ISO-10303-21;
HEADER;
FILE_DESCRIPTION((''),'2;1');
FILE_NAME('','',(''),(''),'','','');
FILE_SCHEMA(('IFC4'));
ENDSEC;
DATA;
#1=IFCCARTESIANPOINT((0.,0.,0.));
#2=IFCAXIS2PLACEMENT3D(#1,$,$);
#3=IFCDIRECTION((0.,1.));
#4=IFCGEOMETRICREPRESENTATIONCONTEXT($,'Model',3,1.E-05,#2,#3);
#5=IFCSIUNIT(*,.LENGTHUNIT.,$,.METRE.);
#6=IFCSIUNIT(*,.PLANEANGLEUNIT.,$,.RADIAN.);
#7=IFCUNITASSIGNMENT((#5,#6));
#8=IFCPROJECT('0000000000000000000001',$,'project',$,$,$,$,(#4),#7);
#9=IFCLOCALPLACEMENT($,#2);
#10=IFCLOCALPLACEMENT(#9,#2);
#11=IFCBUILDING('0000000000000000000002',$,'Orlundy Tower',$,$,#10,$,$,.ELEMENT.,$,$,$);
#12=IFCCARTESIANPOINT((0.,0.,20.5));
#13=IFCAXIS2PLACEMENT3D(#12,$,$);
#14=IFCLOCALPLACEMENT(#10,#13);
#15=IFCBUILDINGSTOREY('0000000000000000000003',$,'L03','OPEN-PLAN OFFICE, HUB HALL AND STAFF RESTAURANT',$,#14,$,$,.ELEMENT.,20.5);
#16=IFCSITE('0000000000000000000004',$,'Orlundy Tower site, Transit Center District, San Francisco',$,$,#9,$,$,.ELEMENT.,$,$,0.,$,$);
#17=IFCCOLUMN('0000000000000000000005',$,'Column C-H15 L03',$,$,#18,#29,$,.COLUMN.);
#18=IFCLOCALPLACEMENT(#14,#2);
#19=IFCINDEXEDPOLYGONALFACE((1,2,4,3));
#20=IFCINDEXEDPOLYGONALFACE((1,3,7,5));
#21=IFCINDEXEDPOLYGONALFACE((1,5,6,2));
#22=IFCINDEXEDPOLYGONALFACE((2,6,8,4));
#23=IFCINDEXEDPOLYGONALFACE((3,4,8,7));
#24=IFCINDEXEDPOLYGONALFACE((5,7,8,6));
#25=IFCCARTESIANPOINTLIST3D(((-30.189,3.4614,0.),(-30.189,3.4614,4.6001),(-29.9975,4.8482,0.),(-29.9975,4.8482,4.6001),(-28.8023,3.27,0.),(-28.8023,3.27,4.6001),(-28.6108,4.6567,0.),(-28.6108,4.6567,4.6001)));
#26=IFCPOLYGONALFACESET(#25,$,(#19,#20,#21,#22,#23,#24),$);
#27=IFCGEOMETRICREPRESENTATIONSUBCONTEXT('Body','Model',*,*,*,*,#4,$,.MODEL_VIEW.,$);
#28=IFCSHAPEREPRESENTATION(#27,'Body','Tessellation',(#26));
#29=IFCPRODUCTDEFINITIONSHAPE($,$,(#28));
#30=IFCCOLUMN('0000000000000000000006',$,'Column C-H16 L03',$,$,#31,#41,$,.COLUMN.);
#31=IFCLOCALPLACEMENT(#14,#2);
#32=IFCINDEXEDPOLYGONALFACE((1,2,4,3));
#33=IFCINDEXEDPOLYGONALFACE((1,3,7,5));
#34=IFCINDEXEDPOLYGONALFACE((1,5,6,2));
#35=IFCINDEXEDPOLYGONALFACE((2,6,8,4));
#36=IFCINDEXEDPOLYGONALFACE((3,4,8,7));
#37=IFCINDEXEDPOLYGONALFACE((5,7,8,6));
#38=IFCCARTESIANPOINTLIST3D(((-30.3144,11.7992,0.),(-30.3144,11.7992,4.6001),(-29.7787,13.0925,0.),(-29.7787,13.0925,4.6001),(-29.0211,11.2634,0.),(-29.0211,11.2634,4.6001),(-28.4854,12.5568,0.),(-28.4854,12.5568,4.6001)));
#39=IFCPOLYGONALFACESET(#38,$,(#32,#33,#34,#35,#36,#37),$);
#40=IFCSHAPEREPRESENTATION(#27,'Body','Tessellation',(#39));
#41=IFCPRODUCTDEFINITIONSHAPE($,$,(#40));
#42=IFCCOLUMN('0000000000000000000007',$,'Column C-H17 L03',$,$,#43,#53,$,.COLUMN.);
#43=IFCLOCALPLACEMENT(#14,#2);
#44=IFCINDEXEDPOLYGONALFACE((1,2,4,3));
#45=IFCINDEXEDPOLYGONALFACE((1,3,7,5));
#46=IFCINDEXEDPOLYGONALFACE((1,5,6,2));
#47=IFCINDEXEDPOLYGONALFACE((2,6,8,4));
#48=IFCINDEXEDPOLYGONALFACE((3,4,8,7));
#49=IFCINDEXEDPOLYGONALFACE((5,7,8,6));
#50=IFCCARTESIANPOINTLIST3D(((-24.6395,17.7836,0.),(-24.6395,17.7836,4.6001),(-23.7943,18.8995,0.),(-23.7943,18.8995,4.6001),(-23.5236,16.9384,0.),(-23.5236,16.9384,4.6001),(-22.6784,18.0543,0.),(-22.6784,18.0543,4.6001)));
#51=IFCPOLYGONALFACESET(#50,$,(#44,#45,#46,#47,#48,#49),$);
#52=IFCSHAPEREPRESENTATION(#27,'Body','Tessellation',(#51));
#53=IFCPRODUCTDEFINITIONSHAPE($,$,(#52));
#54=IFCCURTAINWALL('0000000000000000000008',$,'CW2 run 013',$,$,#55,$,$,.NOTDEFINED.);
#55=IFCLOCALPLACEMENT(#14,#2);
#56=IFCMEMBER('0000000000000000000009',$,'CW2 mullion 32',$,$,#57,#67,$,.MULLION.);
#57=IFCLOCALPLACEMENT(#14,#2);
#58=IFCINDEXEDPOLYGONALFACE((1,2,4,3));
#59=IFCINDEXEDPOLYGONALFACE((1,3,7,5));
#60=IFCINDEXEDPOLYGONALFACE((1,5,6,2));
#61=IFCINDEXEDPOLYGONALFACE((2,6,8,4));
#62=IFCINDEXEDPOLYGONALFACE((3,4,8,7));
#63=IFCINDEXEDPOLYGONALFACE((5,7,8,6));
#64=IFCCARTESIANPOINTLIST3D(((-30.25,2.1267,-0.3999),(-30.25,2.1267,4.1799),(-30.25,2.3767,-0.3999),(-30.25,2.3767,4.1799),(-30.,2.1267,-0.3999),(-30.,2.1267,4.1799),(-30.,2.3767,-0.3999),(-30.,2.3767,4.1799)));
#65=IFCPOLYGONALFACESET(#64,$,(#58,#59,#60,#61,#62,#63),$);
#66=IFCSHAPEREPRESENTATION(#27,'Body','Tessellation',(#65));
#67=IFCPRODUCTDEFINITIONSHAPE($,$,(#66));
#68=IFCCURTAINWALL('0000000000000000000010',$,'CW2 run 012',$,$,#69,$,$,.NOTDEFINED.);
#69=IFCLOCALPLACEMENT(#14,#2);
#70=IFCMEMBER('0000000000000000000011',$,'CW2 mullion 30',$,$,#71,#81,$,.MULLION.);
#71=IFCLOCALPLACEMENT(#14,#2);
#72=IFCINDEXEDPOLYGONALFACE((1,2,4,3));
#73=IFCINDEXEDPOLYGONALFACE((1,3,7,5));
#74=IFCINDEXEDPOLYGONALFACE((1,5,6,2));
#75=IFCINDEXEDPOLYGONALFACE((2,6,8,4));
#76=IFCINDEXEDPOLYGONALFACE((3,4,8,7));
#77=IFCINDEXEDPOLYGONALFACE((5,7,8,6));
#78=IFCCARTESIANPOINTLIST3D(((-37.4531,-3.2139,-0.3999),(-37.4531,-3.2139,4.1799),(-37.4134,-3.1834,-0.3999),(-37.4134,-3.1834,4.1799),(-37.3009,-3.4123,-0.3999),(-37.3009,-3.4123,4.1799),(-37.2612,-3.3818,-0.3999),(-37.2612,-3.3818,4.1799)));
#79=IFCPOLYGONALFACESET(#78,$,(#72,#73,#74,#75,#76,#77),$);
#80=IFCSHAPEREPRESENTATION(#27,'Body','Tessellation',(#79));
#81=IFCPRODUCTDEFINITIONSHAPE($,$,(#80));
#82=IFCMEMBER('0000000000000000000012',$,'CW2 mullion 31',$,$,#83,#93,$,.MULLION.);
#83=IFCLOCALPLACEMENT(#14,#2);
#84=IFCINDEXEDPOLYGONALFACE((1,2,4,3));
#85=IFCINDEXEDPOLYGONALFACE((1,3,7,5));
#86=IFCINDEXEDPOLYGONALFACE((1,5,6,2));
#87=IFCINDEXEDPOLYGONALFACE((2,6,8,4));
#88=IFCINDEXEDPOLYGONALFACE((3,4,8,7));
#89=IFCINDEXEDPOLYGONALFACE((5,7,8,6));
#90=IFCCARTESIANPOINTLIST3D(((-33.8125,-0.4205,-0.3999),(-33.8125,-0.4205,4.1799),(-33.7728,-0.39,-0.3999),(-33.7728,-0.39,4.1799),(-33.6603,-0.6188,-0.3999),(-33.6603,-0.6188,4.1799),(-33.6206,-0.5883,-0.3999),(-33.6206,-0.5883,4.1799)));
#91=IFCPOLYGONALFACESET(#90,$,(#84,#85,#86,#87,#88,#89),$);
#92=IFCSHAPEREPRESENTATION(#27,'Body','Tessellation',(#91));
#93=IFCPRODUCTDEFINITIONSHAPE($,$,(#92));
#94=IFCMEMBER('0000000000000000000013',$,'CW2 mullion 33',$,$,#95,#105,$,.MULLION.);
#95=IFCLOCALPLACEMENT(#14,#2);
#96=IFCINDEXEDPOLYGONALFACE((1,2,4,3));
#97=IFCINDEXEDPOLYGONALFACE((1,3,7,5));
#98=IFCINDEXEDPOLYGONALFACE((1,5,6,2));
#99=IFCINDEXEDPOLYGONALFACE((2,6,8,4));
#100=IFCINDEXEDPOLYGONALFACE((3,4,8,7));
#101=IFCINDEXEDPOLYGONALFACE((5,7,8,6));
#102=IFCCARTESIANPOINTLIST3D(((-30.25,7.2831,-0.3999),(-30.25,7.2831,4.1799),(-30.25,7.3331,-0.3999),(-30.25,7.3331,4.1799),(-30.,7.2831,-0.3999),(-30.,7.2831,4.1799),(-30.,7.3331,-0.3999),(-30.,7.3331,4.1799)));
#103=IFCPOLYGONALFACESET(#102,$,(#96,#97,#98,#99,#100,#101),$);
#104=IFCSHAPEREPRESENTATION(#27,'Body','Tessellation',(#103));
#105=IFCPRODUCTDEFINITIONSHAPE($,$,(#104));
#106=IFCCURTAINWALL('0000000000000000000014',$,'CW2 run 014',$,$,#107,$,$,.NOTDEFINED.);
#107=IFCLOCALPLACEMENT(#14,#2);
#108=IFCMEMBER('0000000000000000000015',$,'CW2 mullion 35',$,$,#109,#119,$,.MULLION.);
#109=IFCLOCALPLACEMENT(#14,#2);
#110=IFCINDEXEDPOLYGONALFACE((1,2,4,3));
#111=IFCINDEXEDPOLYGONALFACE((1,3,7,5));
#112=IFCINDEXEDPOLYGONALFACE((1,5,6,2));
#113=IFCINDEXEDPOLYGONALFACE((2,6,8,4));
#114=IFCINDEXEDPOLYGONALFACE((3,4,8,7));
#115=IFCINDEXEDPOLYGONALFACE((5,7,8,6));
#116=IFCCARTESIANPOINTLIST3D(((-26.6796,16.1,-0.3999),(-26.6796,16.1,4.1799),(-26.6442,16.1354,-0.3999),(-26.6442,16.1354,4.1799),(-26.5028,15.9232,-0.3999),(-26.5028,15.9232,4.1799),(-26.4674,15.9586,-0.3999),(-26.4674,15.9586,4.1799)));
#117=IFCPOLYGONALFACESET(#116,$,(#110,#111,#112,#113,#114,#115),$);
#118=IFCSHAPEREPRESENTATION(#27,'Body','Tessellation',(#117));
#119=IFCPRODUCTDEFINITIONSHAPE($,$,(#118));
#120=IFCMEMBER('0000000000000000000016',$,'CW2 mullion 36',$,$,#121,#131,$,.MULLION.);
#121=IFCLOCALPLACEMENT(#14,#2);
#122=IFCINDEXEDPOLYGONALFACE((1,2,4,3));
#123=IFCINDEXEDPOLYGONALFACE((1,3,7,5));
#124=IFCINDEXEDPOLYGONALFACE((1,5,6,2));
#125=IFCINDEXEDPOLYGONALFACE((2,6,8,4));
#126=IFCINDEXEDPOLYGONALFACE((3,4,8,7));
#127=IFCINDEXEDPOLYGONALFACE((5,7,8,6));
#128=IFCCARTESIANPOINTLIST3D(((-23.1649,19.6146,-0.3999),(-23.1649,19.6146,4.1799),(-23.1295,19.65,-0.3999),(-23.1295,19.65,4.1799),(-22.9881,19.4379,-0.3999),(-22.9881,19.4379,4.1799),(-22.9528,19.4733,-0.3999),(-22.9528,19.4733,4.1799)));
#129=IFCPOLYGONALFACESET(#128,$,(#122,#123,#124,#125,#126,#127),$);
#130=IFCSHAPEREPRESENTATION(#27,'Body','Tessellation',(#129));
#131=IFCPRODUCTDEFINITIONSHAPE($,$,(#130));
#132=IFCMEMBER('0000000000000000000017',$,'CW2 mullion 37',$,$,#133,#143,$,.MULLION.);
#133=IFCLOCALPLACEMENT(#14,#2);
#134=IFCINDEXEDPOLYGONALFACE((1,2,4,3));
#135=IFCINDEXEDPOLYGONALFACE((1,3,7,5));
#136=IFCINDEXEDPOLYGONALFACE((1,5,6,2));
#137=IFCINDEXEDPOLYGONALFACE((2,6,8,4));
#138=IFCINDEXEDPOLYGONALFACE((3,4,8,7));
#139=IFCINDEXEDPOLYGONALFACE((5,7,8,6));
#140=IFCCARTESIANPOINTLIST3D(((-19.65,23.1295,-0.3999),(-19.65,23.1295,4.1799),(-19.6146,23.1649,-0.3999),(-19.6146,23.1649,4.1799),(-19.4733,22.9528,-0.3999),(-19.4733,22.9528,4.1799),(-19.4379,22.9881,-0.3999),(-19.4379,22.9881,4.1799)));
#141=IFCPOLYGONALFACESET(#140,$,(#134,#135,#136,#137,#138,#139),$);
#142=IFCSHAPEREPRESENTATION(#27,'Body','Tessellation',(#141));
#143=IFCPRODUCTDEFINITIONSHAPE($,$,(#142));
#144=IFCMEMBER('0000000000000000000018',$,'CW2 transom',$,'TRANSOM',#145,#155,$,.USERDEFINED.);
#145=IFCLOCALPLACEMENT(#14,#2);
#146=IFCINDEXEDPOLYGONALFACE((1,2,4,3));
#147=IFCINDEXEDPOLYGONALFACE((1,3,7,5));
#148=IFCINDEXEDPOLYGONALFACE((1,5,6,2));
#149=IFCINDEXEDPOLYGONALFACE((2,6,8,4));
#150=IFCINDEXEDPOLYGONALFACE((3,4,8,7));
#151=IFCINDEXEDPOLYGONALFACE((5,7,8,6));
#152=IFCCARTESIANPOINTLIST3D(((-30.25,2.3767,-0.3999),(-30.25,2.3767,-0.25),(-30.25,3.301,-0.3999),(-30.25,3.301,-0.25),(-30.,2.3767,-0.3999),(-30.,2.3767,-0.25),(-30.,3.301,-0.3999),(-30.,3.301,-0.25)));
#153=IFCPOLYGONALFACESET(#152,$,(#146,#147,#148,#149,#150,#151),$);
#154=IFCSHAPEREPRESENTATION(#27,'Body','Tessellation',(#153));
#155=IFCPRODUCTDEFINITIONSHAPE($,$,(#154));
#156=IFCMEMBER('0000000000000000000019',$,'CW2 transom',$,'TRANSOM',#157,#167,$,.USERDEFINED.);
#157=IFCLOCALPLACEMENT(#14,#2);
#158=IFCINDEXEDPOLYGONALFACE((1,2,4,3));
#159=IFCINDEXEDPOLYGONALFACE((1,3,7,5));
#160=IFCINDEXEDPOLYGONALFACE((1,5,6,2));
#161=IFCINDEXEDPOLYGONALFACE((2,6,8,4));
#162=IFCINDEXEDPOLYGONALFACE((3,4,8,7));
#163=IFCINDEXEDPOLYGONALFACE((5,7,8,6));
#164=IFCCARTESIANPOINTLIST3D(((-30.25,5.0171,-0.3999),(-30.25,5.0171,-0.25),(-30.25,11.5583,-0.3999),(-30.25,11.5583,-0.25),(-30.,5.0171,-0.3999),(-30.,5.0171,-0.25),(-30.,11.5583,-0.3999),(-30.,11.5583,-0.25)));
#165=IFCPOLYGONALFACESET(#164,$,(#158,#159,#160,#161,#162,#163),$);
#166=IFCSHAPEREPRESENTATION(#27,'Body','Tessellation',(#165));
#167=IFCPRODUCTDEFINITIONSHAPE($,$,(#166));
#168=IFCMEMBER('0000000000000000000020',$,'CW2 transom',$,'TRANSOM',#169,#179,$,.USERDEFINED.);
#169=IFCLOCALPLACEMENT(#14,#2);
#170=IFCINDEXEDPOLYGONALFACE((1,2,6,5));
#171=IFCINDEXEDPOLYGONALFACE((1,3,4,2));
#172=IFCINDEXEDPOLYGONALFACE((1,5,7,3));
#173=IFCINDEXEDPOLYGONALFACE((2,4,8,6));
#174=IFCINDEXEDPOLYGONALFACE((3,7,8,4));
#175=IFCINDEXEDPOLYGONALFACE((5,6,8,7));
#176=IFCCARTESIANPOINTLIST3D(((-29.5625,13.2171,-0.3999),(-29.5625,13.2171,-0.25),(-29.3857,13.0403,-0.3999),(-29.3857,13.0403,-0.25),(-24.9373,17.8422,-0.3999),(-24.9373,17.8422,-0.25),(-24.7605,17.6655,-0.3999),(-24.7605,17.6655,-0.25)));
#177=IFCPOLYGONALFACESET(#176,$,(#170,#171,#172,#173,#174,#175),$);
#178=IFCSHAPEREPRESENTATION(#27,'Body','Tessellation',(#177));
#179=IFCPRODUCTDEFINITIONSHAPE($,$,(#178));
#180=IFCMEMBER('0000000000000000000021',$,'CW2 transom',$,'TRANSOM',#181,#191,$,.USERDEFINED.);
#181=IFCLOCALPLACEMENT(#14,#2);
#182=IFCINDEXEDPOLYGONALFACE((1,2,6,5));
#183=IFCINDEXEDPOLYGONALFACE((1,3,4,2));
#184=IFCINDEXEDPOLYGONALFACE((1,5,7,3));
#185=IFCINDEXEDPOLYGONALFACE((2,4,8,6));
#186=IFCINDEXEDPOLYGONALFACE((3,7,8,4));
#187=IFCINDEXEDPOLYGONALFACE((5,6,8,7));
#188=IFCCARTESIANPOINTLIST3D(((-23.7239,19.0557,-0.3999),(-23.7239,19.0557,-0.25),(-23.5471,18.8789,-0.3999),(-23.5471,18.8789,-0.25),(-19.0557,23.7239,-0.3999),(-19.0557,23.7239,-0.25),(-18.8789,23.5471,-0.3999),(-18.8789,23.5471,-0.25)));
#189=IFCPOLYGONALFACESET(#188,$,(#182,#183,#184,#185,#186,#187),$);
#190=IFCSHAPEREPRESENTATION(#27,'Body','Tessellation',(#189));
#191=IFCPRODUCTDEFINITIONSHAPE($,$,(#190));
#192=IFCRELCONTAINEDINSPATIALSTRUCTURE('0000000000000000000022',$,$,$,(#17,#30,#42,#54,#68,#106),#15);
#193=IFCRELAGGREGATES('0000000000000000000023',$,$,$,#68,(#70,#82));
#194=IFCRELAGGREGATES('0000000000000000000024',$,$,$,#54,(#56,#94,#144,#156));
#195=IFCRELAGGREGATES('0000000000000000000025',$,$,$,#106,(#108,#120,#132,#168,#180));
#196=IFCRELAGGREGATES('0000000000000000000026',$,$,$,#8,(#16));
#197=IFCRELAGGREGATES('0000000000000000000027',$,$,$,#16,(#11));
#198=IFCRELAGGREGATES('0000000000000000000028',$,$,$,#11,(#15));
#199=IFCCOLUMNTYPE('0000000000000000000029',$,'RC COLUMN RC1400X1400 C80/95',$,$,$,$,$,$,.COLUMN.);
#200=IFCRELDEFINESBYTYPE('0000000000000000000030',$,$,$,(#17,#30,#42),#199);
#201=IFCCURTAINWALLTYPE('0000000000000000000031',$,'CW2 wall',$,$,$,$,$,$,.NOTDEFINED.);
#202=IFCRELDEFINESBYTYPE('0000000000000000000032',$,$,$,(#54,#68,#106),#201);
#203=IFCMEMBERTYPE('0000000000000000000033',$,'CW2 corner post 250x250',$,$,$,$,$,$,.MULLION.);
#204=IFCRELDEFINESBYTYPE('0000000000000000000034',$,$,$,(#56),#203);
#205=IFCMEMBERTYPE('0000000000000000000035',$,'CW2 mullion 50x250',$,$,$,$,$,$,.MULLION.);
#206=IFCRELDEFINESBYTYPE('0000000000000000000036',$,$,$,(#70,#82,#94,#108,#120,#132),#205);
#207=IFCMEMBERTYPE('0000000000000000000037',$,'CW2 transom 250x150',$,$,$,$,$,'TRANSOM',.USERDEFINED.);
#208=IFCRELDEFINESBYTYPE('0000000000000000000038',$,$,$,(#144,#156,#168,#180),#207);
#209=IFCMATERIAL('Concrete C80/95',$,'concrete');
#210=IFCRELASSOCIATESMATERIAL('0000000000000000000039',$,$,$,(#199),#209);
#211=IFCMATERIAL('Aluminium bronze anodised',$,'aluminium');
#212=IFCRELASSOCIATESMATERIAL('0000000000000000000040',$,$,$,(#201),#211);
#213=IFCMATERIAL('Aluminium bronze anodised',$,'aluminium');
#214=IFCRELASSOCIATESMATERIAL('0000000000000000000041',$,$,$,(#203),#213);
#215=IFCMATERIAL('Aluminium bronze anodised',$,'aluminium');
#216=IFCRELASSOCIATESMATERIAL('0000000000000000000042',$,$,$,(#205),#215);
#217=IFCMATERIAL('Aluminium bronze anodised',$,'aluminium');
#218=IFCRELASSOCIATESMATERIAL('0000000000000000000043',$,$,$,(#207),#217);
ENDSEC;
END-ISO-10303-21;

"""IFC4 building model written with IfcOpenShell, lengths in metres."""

from ifc_helpers import new_model, si_unit, direction, frame, origin, origin_2d, place, context, subcontext, project, spatial, rectangle, extrude, material, material_profile, profile_set, type_object, element, aggregate, save


model = new_model("IFC4")

# Units and contexts
model_context = context("Model", 3, precision=1e-05, world=origin(), true_north=direction((0.0, 1.0)))
body_context = subcontext(model_context, "Body", "Model", "MODEL_VIEW")
ifc_project = project(units=[si_unit("LENGTHUNIT", "METRE"), si_unit("PLANEANGLEUNIT", "RADIAN")], contexts=[model_context])

# Site, building, storey
site_placement = place(None, origin())
site = spatial("IfcSite", under=ifc_project, at=site_placement, Name="Orlundy Tower site, Transit Center District, San Francisco", CompositionType="ELEMENT", RefElevation=0.0)
building_placement = place(site_placement, origin())
building = spatial("IfcBuilding", under=site, at=building_placement, Name="Orlundy Tower", CompositionType="ELEMENT")
storey_placement = place(building_placement, frame((0.0, 0.0, 20.5)))
storey = spatial("IfcBuildingStorey", under=building, at=storey_placement, Name="L03", Description="OPEN-PLAN OFFICE, HUB HALL AND STAFF RESTAURANT", CompositionType="ELEMENT", Elevation=20.5)

# Columns
ifc_material_1 = material(Name="Concrete C80/95", Category="concrete")
ifc_material_profile_1 = material_profile(ifc_material_1, rectangle(XDim=1.3999, YDim=1.3999, at=origin_2d()), Name="RC1400X1400")
ifc_profile_set_1 = profile_set([ifc_material_profile_1], Name="Concrete C80/95")
column_type = type_object("IfcColumnType", Name="RC COLUMN RC1400X1400 C80/95", PredefinedType="COLUMN", material=ifc_profile_set_1)
for number, where, z_axis, x_axis, name in (
    (1, (-29.3999, 4.0591, 0.0), (0.0, 0.0, 1.0), (-0.990603, 0.13677, 0.0), "Column C-H15 L03"),
    (2, (-29.3999, 12.178, 0.0), (0.0, 0.0, 1.0), (-0.92388, 0.382683, 0.0), "Column C-H16 L03"),
    (3, (-23.6589, 17.9189, 0.0), (0.0, 0.0, 1.0), (-0.797163, 0.603765, 0.0), "Column C-H17 L03"),
):
    element("IfcColumn", number, at=place(storey_placement, frame(where, z_axis=z_axis, x_axis=x_axis)), inside=storey, type_object=column_type, Name=name, PredefinedType="COLUMN", context=body_context, shape_type="SweptSolid", body=[
        extrude(rectangle(XDim=1.3999, YDim=1.3999, at=origin_2d()), origin(), (0.0, 0.0, 1.0), 4.6001),
    ])

# Curtain wall, member
ifc_material_2 = material(Name="Aluminium bronze anodised", Category="aluminium")
curtain_wall_type = type_object("IfcCurtainWallType", Name="CW2 wall", PredefinedType="NOTDEFINED", material=ifc_material_2)
curtain_wall_1_placement = place(storey_placement, origin())
curtain_wall_1 = element("IfcCurtainWall", 4, at=curtain_wall_1_placement, inside=storey, type_object=curtain_wall_type, Name="CW2 run 013", PredefinedType="NOTDEFINED")
ifc_material_3 = material(Name="Aluminium bronze anodised", Category="aluminium")
ifc_material_profile_2 = material_profile(ifc_material_3, rectangle(XDim=0.25, YDim=0.25, at=origin_2d()), Name="CW2 corner post 250x250")
ifc_profile_set_2 = profile_set([ifc_material_profile_2], Name="Aluminium bronze anodised")
member_type_1 = type_object("IfcMemberType", Name="CW2 corner post 250x250", PredefinedType="MULLION", material=ifc_profile_set_2)
member_1_placement = place(storey_placement, frame((-30.125, 2.2517, -0.3999), z_axis=(0.0, 0.0, 1.0), x_axis=(-1.0, 0.0, 0.0)))
member_1 = element("IfcMember", 5, at=member_1_placement, type_object=member_type_1, Name="CW2 mullion 32", PredefinedType="MULLION", context=body_context, shape_type="SweptSolid", body=[
    extrude(rectangle(XDim=0.25, YDim=0.25, at=origin_2d()), origin(), (0.0, 0.0, 1.0), 4.5798),
])

# Curtain wall, members
curtain_wall_2_placement = place(storey_placement, origin())
curtain_wall_2 = element("IfcCurtainWall", 6, at=curtain_wall_2_placement, inside=storey, type_object=curtain_wall_type, Name="CW2 run 012", PredefinedType="NOTDEFINED")
ifc_material_4 = material(Name="Aluminium bronze anodised", Category="aluminium")
ifc_material_profile_3 = material_profile(ifc_material_4, rectangle(XDim=0.25, YDim=0.05, at=origin_2d()), Name="CW2 mullion 50x250")
ifc_profile_set_3 = profile_set([ifc_material_profile_3], Name="Aluminium bronze anodised")
member_type_2 = type_object("IfcMemberType", Name="CW2 mullion 50x250", PredefinedType="MULLION", material=ifc_profile_set_3)
member_2_placement = place(storey_placement, frame((-37.3572, -3.2979, -0.3999), z_axis=(0.0, 0.0, 1.0), x_axis=(-0.608768, 0.793348, 0.0)))
member_2 = element("IfcMember", 7, at=member_2_placement, type_object=member_type_2, Name="CW2 mullion 30", PredefinedType="MULLION", context=body_context, shape_type="SweptSolid", body=[
    extrude(rectangle(XDim=0.25, YDim=0.05, at=origin_2d()), origin(), (0.0, 0.0, 1.0), 4.5798),
])
member_3_placement = place(storey_placement, frame((-33.7166, -0.5044, -0.3999), z_axis=(0.0, 0.0, 1.0), x_axis=(-0.608768, 0.793348, 0.0)))
member_3 = element("IfcMember", 8, at=member_3_placement, type_object=member_type_2, Name="CW2 mullion 31", PredefinedType="MULLION", context=body_context, shape_type="SweptSolid", body=[
    extrude(rectangle(XDim=0.25, YDim=0.05, at=origin_2d()), origin(), (0.0, 0.0, 1.0), 4.5798),
])

# Member
member_4_placement = place(storey_placement, frame((-30.125, 7.3081, -0.3999), z_axis=(0.0, 0.0, 1.0), x_axis=(-1.0, 0.0, 0.0)))
member_4 = element("IfcMember", 9, at=member_4_placement, type_object=member_type_2, Name="CW2 mullion 33", PredefinedType="MULLION", context=body_context, shape_type="SweptSolid", body=[
    extrude(rectangle(XDim=0.25, YDim=0.05, at=origin_2d()), origin(), (0.0, 0.0, 1.0), 4.5798),
])

# Curtain wall, members
curtain_wall_3_placement = place(storey_placement, origin())
curtain_wall_3 = element("IfcCurtainWall", 10, at=curtain_wall_3_placement, inside=storey, type_object=curtain_wall_type, Name="CW2 run 014", PredefinedType="NOTDEFINED")
member_5_placement = place(storey_placement, frame((-26.5735, 16.0293, -0.3999), z_axis=(0.0, 0.0, 1.0), x_axis=(-0.707107, 0.707107, 0.0)))
member_5 = element("IfcMember", 11, at=member_5_placement, type_object=member_type_2, Name="CW2 mullion 35", PredefinedType="MULLION", context=body_context, shape_type="SweptSolid", body=[
    extrude(rectangle(XDim=0.25, YDim=0.05, at=origin_2d()), origin(), (0.0, 0.0, 1.0), 4.5798),
])
member_6_placement = place(storey_placement, frame((-23.0588, 19.5439, -0.3999), z_axis=(0.0, 0.0, 1.0), x_axis=(-0.707107, 0.707107, 0.0)))
member_6 = element("IfcMember", 12, at=member_6_placement, type_object=member_type_2, Name="CW2 mullion 36", PredefinedType="MULLION", context=body_context, shape_type="SweptSolid", body=[
    extrude(rectangle(XDim=0.25, YDim=0.05, at=origin_2d()), origin(), (0.0, 0.0, 1.0), 4.5798),
])
member_7_placement = place(storey_placement, frame((-19.5439, 23.0588, -0.3999), z_axis=(0.0, 0.0, 1.0), x_axis=(-0.707107, 0.707107, 0.0)))
member_7 = element("IfcMember", 13, at=member_7_placement, type_object=member_type_2, Name="CW2 mullion 37", PredefinedType="MULLION", context=body_context, shape_type="SweptSolid", body=[
    extrude(rectangle(XDim=0.25, YDim=0.05, at=origin_2d()), origin(), (0.0, 0.0, 1.0), 4.5798),
])

# Members
ifc_material_5 = material(Name="Aluminium bronze anodised", Category="aluminium")
ifc_material_profile_4 = material_profile(ifc_material_5, rectangle(XDim=0.25, YDim=0.1499, at=origin_2d()), Name="CW2 transom 250x150")
ifc_profile_set_4 = profile_set([ifc_material_profile_4], Name="Aluminium bronze anodised")
member_type_3 = type_object("IfcMemberType", Name="CW2 transom 250x150", ElementType="TRANSOM", PredefinedType="USERDEFINED", material=ifc_profile_set_4)
member_8_placement = place(storey_placement, frame((-30.125, 2.3767, -0.325), z_axis=(0.0, 1.0, 0.0), x_axis=(-1.0, 0.0, 0.0)))
member_8 = element("IfcMember", 14, at=member_8_placement, type_object=member_type_3, Name="CW2 transom", ObjectType="TRANSOM", PredefinedType="USERDEFINED", context=body_context, shape_type="SweptSolid", body=[
    extrude(rectangle(XDim=0.25, YDim=0.1499, at=origin_2d()), origin(), (0.0, 0.0, 1.0), 0.9243),
])
member_9_placement = place(storey_placement, frame((-30.125, 5.0171, -0.325), z_axis=(0.0, 1.0, 0.0), x_axis=(-1.0, 0.0, 0.0)))
member_9 = element("IfcMember", 15, at=member_9_placement, type_object=member_type_3, Name="CW2 transom", ObjectType="TRANSOM", PredefinedType="USERDEFINED", context=body_context, shape_type="SweptSolid", body=[
    extrude(rectangle(XDim=0.25, YDim=0.1499, at=origin_2d()), origin(), (0.0, 0.0, 1.0), 6.5413),
])
member_10_placement = place(storey_placement, frame((-29.4741, 13.1287, -0.325), z_axis=(0.707107, 0.707107, 0.0), x_axis=(-0.707107, 0.707107, 0.0)))
member_10 = element("IfcMember", 16, at=member_10_placement, type_object=member_type_3, Name="CW2 transom", ObjectType="TRANSOM", PredefinedType="USERDEFINED", context=body_context, shape_type="SweptSolid", body=[
    extrude(rectangle(XDim=0.25, YDim=0.1499, at=origin_2d()), origin(), (0.0, 0.0, 1.0), 6.541),
])
member_11_placement = place(storey_placement, frame((-23.6355, 18.9673, -0.325), z_axis=(0.707107, 0.707107, 0.0), x_axis=(-0.707107, 0.707107, 0.0)))
member_11 = element("IfcMember", 17, at=member_11_placement, type_object=member_type_3, Name="CW2 transom", ObjectType="TRANSOM", PredefinedType="USERDEFINED", context=body_context, shape_type="SweptSolid", body=[
    extrude(rectangle(XDim=0.25, YDim=0.1499, at=origin_2d()), origin(), (0.0, 0.0, 1.0), 6.6018),
])

aggregate(curtain_wall_2, [member_2, member_3])
aggregate(curtain_wall_1, [member_1, member_4, member_8, member_9])
aggregate(curtain_wall_3, [member_5, member_6, member_7, member_10, member_11])

save(model, "model.ifc")
